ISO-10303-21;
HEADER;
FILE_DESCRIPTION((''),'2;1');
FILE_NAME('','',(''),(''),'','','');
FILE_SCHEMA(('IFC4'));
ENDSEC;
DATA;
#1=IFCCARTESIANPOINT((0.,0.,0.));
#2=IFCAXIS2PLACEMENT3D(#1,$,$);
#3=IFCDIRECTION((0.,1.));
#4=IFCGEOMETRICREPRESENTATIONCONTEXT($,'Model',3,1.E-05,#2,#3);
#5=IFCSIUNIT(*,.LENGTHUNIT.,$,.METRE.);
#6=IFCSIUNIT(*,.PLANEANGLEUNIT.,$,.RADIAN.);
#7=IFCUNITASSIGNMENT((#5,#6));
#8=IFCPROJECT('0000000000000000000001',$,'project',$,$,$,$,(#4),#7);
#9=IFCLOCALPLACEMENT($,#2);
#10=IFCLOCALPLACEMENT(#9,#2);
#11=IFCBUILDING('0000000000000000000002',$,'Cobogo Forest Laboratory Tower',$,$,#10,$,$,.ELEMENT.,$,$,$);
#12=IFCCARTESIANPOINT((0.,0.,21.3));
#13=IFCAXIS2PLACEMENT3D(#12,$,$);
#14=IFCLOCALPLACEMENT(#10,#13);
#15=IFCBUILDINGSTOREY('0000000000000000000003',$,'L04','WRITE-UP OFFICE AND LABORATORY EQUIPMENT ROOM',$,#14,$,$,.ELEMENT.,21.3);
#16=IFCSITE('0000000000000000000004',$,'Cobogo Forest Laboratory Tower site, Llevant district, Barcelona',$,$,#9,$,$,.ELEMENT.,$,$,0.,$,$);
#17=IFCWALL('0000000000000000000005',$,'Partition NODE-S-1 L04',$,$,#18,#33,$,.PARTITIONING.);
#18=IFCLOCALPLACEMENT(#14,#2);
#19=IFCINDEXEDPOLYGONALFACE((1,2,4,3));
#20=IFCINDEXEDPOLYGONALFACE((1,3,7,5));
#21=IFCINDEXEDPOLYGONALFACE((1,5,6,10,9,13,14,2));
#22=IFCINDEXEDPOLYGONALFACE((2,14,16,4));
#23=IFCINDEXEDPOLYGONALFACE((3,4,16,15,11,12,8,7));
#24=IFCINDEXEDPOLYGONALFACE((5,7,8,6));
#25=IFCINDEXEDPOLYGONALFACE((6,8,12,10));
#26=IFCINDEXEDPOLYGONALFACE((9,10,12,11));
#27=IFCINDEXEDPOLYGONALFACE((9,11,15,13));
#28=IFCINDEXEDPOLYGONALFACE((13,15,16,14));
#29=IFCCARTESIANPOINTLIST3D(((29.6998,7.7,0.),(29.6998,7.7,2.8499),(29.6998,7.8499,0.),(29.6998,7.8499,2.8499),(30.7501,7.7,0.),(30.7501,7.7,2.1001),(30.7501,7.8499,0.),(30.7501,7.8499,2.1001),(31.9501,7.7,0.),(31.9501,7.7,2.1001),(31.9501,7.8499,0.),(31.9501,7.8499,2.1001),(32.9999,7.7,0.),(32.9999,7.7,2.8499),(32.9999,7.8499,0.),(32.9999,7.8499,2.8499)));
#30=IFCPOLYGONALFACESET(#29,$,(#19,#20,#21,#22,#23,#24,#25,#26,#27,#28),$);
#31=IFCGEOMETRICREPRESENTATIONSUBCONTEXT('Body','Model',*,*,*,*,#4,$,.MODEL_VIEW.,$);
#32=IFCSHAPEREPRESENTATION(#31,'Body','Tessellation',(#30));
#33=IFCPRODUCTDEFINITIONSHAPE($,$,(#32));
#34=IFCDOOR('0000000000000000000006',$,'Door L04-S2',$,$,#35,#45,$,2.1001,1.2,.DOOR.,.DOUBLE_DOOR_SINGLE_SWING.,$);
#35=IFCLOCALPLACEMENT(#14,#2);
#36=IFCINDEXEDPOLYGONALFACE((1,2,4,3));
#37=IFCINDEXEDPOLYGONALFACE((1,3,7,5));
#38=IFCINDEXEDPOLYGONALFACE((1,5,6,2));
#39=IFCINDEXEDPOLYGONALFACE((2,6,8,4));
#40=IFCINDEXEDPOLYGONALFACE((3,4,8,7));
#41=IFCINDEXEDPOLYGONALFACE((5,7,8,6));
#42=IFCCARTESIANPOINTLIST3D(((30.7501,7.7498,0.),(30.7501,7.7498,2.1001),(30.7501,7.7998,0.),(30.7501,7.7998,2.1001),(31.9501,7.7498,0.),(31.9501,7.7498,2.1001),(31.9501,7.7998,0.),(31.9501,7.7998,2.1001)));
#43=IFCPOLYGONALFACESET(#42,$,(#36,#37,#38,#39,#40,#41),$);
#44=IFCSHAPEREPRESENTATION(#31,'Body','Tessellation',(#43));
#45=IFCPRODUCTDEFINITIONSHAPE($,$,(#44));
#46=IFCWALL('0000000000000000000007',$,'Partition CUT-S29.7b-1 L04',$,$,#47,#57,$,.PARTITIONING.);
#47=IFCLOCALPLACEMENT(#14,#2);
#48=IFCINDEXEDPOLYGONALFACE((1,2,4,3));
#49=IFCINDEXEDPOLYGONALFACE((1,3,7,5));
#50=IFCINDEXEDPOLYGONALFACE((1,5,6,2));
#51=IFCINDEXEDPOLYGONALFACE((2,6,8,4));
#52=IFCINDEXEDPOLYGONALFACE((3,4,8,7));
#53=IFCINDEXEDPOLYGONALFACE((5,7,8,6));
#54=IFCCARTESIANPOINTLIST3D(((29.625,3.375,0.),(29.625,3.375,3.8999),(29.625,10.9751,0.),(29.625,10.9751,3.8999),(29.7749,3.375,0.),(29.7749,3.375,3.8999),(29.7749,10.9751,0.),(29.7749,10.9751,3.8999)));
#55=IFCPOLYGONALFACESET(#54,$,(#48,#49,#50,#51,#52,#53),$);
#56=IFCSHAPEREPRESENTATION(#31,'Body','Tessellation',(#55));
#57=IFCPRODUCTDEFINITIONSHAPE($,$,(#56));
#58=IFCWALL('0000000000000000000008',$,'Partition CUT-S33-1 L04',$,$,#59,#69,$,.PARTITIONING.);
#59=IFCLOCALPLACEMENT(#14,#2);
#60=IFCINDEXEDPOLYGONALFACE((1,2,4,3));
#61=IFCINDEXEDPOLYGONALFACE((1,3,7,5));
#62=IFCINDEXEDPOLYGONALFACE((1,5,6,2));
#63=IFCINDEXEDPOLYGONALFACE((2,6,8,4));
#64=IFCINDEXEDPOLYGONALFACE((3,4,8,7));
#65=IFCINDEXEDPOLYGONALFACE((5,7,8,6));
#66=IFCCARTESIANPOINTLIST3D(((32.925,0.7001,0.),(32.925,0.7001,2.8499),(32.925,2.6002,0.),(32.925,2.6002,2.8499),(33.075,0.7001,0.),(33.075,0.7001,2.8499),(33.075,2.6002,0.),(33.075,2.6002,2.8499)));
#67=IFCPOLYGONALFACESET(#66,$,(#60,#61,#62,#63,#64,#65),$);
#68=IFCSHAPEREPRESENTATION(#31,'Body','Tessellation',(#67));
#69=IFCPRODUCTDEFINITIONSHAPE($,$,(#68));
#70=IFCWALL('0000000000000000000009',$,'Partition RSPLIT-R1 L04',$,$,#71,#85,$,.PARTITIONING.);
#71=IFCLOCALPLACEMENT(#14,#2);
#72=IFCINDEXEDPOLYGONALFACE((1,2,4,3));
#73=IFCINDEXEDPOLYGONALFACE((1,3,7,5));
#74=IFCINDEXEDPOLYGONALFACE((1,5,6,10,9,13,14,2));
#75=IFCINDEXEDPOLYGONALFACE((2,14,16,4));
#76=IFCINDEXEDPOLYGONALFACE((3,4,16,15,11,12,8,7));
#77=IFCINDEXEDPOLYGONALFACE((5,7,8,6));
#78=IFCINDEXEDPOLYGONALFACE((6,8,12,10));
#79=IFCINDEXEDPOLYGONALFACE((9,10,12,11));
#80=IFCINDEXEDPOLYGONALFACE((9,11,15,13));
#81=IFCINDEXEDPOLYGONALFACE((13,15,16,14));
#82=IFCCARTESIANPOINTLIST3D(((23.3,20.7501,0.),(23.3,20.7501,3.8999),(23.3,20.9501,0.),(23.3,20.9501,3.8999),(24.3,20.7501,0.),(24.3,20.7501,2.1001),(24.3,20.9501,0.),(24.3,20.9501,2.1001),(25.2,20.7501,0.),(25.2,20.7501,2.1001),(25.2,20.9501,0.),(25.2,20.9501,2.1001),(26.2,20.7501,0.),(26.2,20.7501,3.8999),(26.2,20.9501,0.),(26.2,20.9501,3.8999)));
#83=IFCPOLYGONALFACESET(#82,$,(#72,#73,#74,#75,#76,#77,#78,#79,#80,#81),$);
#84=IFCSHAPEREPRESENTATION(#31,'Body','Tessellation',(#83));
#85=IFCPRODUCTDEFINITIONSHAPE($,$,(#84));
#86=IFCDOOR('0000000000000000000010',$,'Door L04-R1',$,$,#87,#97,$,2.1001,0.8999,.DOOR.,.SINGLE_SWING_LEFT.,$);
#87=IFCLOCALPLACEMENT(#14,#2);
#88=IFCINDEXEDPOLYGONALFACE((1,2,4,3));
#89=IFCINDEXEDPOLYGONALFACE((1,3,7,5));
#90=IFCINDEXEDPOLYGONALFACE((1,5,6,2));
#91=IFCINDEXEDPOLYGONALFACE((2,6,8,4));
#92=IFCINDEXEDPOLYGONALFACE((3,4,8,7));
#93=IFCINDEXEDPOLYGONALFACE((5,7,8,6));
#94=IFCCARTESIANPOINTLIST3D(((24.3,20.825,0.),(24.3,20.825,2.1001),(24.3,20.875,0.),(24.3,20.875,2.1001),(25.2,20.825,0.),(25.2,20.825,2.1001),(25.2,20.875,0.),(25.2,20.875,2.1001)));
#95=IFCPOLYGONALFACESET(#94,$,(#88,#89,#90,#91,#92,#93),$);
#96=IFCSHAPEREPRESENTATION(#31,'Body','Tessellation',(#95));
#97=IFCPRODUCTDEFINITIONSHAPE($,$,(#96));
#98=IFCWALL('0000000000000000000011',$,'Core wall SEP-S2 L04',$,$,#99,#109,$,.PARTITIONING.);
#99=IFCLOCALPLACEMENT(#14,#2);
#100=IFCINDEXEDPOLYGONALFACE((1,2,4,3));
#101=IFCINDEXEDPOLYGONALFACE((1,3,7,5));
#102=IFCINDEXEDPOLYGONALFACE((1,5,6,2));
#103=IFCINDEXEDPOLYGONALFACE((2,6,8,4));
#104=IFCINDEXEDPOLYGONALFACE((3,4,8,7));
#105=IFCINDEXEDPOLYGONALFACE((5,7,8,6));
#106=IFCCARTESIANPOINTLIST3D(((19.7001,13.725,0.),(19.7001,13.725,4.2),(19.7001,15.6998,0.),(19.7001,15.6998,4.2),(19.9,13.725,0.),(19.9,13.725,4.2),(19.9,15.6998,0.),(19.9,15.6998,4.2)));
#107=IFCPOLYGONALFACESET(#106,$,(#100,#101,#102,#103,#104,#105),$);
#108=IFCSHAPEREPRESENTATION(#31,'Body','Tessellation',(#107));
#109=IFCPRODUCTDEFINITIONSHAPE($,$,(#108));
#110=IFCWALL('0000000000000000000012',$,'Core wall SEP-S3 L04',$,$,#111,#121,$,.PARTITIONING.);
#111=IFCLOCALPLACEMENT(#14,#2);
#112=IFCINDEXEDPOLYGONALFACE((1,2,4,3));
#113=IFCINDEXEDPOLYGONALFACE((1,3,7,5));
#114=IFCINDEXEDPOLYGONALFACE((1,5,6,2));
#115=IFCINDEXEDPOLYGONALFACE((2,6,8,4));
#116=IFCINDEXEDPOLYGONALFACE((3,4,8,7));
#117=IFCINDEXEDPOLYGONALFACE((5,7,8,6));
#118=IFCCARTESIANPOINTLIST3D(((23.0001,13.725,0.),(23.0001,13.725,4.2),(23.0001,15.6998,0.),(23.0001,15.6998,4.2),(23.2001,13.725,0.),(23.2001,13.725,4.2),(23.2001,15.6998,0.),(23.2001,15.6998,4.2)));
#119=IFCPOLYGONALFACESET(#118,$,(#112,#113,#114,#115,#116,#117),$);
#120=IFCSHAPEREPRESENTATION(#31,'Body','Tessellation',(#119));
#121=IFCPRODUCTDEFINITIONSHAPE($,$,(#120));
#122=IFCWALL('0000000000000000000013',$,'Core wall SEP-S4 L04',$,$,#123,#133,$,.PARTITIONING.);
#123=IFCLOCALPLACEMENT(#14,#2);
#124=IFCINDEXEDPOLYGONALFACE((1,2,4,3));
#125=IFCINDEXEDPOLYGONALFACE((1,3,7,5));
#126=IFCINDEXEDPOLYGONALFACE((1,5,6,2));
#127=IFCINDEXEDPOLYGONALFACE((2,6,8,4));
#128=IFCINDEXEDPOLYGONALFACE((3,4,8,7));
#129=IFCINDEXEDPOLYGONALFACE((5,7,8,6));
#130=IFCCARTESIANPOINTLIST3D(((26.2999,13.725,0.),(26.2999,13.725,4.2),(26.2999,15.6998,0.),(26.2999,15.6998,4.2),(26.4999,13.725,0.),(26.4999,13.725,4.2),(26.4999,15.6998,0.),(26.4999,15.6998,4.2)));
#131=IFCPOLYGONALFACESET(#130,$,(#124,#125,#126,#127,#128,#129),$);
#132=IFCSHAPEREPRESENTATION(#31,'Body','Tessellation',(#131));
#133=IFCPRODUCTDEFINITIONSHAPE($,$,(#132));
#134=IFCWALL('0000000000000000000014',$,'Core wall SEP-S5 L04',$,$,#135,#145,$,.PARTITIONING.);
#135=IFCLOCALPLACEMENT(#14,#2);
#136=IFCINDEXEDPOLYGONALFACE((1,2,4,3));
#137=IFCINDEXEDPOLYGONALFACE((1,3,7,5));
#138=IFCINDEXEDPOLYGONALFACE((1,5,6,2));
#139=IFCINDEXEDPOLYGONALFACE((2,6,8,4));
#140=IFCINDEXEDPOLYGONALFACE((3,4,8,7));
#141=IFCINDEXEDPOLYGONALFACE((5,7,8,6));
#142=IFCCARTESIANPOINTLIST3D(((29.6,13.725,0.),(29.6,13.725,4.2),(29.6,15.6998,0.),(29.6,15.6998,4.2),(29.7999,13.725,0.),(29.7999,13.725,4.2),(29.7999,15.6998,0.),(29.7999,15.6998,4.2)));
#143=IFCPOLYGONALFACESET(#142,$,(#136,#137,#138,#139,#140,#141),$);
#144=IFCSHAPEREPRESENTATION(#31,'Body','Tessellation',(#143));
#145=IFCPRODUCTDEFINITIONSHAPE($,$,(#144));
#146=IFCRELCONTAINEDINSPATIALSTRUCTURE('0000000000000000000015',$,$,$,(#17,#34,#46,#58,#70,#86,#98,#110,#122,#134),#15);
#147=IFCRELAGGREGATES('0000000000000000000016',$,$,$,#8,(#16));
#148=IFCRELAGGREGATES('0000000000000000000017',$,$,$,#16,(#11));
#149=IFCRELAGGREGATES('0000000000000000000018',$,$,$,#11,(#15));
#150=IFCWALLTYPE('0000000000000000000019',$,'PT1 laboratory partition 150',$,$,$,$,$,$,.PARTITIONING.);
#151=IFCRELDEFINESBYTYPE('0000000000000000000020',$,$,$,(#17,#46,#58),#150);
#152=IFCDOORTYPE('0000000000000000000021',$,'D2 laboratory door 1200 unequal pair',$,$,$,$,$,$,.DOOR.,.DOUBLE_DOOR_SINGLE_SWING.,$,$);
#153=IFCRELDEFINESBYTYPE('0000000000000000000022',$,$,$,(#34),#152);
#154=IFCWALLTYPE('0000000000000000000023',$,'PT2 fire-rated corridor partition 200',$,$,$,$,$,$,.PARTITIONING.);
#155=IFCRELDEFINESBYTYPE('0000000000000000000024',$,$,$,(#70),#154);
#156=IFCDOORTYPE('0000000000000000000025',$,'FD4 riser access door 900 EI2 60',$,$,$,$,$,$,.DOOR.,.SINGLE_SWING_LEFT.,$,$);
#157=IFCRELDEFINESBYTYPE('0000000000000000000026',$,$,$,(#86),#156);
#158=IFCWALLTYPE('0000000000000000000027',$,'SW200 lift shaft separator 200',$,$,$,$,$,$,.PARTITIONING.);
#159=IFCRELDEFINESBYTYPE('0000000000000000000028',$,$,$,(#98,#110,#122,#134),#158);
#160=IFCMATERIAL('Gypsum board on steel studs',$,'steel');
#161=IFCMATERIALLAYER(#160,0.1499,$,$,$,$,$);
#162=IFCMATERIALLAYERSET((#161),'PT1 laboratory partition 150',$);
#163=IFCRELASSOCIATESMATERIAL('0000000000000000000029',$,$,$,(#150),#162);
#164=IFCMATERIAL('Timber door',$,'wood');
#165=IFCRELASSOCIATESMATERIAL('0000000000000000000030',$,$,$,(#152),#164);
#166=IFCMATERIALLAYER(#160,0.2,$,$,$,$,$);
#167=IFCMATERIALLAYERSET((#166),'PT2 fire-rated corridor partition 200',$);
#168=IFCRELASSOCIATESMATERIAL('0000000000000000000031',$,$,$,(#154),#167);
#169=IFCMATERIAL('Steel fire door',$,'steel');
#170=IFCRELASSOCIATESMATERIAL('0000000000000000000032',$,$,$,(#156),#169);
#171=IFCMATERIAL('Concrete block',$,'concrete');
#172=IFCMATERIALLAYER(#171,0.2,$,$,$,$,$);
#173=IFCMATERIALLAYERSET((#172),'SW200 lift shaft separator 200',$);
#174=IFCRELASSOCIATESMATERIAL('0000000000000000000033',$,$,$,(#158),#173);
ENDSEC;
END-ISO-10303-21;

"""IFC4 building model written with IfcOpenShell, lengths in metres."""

from ifc_helpers import new_model, si_unit, direction, frame, frame_2d, origin, place, context, subcontext, project, spatial, rectangle, extrude, material, layer, layer_set, type_object, element, fill, save


model = new_model("IFC4")

# Units and contexts
model_context = context("Model", 3, precision=1e-05, world=origin(), true_north=direction((0.0, 1.0)))
body_context = subcontext(model_context, "Body", "Model", "MODEL_VIEW")
ifc_project = project(units=[si_unit("LENGTHUNIT", "METRE"), si_unit("PLANEANGLEUNIT", "RADIAN")], contexts=[model_context])

# Site, building, storey
site_placement = place(None, origin())
site = spatial("IfcSite", under=ifc_project, at=site_placement, Name="Cobogo Forest Laboratory Tower site, Llevant district, Barcelona", CompositionType="ELEMENT", RefElevation=0.0)
building_placement = place(site_placement, origin())
building = spatial("IfcBuilding", under=site, at=building_placement, Name="Cobogo Forest Laboratory Tower", CompositionType="ELEMENT")
storey_placement = place(building_placement, frame((0.0, 0.0, 21.3)))
storey = spatial("IfcBuildingStorey", under=building, at=storey_placement, Name="L04", Description="WRITE-UP OFFICE AND LABORATORY EQUIPMENT ROOM", CompositionType="ELEMENT", Elevation=21.3)

# Wall, opening, door
ifc_material_1 = material(Name="Gypsum board on steel studs", Category="steel")
ifc_layer_1 = layer(ifc_material_1, 0.1499)
ifc_layer_set_1 = layer_set([ifc_layer_1], Name="PT1 laboratory partition 150")
wall_type_1 = type_object("IfcWallType", Name="PT1 laboratory partition 150", PredefinedType="PARTITIONING", material=ifc_layer_set_1)
wall_1_placement = place(storey_placement, frame((29.7, 7.7749, 0.0), z_axis=(0.0, 0.0, 1.0), x_axis=(1.0, 0.0, 0.0)))
wall_1 = element("IfcWall", 1, at=wall_1_placement, inside=storey, type_object=wall_type_1, Name="Partition NODE-S-1 L04", PredefinedType="PARTITIONING", context=body_context, shape_type="SweptSolid", body=[
    extrude(rectangle(XDim=3.3, YDim=0.1499, at=frame_2d((1.6499, 0.0))), origin(), (0.0, 0.0, 1.0), 2.8499),
])
opening_1_placement = place(wall_1_placement, frame((1.05, 0.0, 0.0)))
opening_1 = element("IfcOpeningElement", 2, at=opening_1_placement, cuts=wall_1, PredefinedType="OPENING", context=body_context, shape_type="SweptSolid", body=[
    extrude(rectangle(XDim=1.2, YDim=2.1001, at=frame_2d((0.6001, 1.05))), frame((0.0, 0.085, 0.0), z_axis=(0.0, -1.0, 0.0), x_axis=(1.0, 0.0, 0.0)), (0.0, 0.0, 1.0), 0.1699),
])
ifc_material_2 = material(Name="Timber door", Category="wood")
door_type_1 = type_object("IfcDoorType", Name="D2 laboratory door 1200 unequal pair", OperationType="DOUBLE_DOOR_SINGLE_SWING", PredefinedType="DOOR", material=ifc_material_2)
door_1_placement = place(opening_1_placement, origin())
door_1 = element("IfcDoor", 3, at=door_1_placement, inside=storey, type_object=door_type_1, Name="Door L04-S2", OperationType="DOUBLE_DOOR_SINGLE_SWING", OverallHeight=2.1001, OverallWidth=1.2, PredefinedType="DOOR", context=body_context, shape_type="SweptSolid", body=[
    extrude(rectangle(XDim=1.2, YDim=2.1001, at=frame_2d((0.6001, 1.05))), frame((0.0, 0.0249, 0.0), z_axis=(0.0, -1.0, 0.0), x_axis=(1.0, 0.0, 0.0)), (0.0, 0.0, 1.0), 0.05),
])
fill(opening_1, door_1)

# Walls
wall_2_placement = place(storey_placement, frame((29.7, 3.375, 0.0), z_axis=(0.0, 0.0, 1.0), x_axis=(0.0, 1.0, 0.0)))
element("IfcWall", 4, at=wall_2_placement, inside=storey, type_object=wall_type_1, Name="Partition CUT-S29.7b-1 L04", PredefinedType="PARTITIONING", context=body_context, shape_type="SweptSolid", body=[
    extrude(rectangle(XDim=7.6001, YDim=0.1499, at=frame_2d((3.8, 0.0))), origin(), (0.0, 0.0, 1.0), 3.8999),
])
wall_3_placement = place(storey_placement, frame((33.0, 0.7, 0.0), z_axis=(0.0, 0.0, 1.0), x_axis=(0.0, 1.0, 0.0)))
element("IfcWall", 5, at=wall_3_placement, inside=storey, type_object=wall_type_1, Name="Partition CUT-S33-1 L04", PredefinedType="PARTITIONING", context=body_context, shape_type="SweptSolid", body=[
    extrude(rectangle(XDim=1.9001, YDim=0.1499, at=frame_2d((0.9502, 0.0))), origin(), (0.0, 0.0, 1.0), 2.8499),
])

# Wall, opening, door
ifc_layer_2 = layer(ifc_material_1, 0.2)
ifc_layer_set_2 = layer_set([ifc_layer_2], Name="PT2 fire-rated corridor partition 200")
wall_type_2 = type_object("IfcWallType", Name="PT2 fire-rated corridor partition 200", PredefinedType="PARTITIONING", material=ifc_layer_set_2)
wall_4_placement = place(storey_placement, frame((23.3, 20.8501, 0.0), z_axis=(0.0, 0.0, 1.0), x_axis=(1.0, 0.0, 0.0)))
wall_4 = element("IfcWall", 6, at=wall_4_placement, inside=storey, type_object=wall_type_2, Name="Partition RSPLIT-R1 L04", PredefinedType="PARTITIONING", context=body_context, shape_type="SweptSolid", body=[
    extrude(rectangle(XDim=2.8999, YDim=0.2, at=frame_2d((1.45, 0.0))), origin(), (0.0, 0.0, 1.0), 3.8999),
])
opening_2_placement = place(wall_4_placement, frame((1.0, 0.0, 0.0)))
opening_2 = element("IfcOpeningElement", 7, at=opening_2_placement, cuts=wall_4, PredefinedType="OPENING", context=body_context, shape_type="SweptSolid", body=[
    extrude(rectangle(XDim=0.8999, YDim=2.1001, at=frame_2d((0.45, 1.05))), frame((0.0, 0.1099, 0.0), z_axis=(0.0, -1.0, 0.0), x_axis=(1.0, 0.0, 0.0)), (0.0, 0.0, 1.0), 0.22),
])
ifc_material_3 = material(Name="Steel fire door", Category="steel")
door_type_2 = type_object("IfcDoorType", Name="FD4 riser access door 900 EI2 60", OperationType="SINGLE_SWING_LEFT", PredefinedType="DOOR", material=ifc_material_3)
door_2_placement = place(opening_2_placement, origin())
door_2 = element("IfcDoor", 8, at=door_2_placement, inside=storey, type_object=door_type_2, Name="Door L04-R1", OperationType="SINGLE_SWING_LEFT", OverallHeight=2.1001, OverallWidth=0.8999, PredefinedType="DOOR", context=body_context, shape_type="SweptSolid", body=[
    extrude(rectangle(XDim=0.8999, YDim=2.1001, at=frame_2d((0.45, 1.05))), frame((0.0, 0.0249, 0.0), z_axis=(0.0, -1.0, 0.0), x_axis=(1.0, 0.0, 0.0)), (0.0, 0.0, 1.0), 0.05),
])
fill(opening_2, door_2)

# Walls
ifc_material_4 = material(Name="Concrete block", Category="concrete")
ifc_layer_3 = layer(ifc_material_4, 0.2)
ifc_layer_set_3 = layer_set([ifc_layer_3], Name="SW200 lift shaft separator 200")
wall_type_3 = type_object("IfcWallType", Name="SW200 lift shaft separator 200", PredefinedType="PARTITIONING", material=ifc_layer_set_3)
for number, where, z_axis, x_axis, name in (
    (9, (19.8, 13.7251, 0.0), (0.0, 0.0, 1.0), (0.0, 1.0, 0.0), "Core wall SEP-S2 L04"),
    (10, (23.1001, 13.7251, 0.0), (0.0, 0.0, 1.0), (0.0, 1.0, 0.0), "Core wall SEP-S3 L04"),
    (11, (26.3999, 13.7251, 0.0), (0.0, 0.0, 1.0), (0.0, 1.0, 0.0), "Core wall SEP-S4 L04"),
    (12, (29.7, 13.7251, 0.0), (0.0, 0.0, 1.0), (0.0, 1.0, 0.0), "Core wall SEP-S5 L04"),
):
    element("IfcWall", number, at=place(storey_placement, frame(where, z_axis=z_axis, x_axis=x_axis)), inside=storey, type_object=wall_type_3, Name=name, PredefinedType="PARTITIONING", context=body_context, shape_type="SweptSolid", body=[
        extrude(rectangle(XDim=1.9749, YDim=0.2, at=frame_2d((0.9873, 0.0))), origin(), (0.0, 0.0, 1.0), 4.2),
    ])

save(model, "model.ifc")
